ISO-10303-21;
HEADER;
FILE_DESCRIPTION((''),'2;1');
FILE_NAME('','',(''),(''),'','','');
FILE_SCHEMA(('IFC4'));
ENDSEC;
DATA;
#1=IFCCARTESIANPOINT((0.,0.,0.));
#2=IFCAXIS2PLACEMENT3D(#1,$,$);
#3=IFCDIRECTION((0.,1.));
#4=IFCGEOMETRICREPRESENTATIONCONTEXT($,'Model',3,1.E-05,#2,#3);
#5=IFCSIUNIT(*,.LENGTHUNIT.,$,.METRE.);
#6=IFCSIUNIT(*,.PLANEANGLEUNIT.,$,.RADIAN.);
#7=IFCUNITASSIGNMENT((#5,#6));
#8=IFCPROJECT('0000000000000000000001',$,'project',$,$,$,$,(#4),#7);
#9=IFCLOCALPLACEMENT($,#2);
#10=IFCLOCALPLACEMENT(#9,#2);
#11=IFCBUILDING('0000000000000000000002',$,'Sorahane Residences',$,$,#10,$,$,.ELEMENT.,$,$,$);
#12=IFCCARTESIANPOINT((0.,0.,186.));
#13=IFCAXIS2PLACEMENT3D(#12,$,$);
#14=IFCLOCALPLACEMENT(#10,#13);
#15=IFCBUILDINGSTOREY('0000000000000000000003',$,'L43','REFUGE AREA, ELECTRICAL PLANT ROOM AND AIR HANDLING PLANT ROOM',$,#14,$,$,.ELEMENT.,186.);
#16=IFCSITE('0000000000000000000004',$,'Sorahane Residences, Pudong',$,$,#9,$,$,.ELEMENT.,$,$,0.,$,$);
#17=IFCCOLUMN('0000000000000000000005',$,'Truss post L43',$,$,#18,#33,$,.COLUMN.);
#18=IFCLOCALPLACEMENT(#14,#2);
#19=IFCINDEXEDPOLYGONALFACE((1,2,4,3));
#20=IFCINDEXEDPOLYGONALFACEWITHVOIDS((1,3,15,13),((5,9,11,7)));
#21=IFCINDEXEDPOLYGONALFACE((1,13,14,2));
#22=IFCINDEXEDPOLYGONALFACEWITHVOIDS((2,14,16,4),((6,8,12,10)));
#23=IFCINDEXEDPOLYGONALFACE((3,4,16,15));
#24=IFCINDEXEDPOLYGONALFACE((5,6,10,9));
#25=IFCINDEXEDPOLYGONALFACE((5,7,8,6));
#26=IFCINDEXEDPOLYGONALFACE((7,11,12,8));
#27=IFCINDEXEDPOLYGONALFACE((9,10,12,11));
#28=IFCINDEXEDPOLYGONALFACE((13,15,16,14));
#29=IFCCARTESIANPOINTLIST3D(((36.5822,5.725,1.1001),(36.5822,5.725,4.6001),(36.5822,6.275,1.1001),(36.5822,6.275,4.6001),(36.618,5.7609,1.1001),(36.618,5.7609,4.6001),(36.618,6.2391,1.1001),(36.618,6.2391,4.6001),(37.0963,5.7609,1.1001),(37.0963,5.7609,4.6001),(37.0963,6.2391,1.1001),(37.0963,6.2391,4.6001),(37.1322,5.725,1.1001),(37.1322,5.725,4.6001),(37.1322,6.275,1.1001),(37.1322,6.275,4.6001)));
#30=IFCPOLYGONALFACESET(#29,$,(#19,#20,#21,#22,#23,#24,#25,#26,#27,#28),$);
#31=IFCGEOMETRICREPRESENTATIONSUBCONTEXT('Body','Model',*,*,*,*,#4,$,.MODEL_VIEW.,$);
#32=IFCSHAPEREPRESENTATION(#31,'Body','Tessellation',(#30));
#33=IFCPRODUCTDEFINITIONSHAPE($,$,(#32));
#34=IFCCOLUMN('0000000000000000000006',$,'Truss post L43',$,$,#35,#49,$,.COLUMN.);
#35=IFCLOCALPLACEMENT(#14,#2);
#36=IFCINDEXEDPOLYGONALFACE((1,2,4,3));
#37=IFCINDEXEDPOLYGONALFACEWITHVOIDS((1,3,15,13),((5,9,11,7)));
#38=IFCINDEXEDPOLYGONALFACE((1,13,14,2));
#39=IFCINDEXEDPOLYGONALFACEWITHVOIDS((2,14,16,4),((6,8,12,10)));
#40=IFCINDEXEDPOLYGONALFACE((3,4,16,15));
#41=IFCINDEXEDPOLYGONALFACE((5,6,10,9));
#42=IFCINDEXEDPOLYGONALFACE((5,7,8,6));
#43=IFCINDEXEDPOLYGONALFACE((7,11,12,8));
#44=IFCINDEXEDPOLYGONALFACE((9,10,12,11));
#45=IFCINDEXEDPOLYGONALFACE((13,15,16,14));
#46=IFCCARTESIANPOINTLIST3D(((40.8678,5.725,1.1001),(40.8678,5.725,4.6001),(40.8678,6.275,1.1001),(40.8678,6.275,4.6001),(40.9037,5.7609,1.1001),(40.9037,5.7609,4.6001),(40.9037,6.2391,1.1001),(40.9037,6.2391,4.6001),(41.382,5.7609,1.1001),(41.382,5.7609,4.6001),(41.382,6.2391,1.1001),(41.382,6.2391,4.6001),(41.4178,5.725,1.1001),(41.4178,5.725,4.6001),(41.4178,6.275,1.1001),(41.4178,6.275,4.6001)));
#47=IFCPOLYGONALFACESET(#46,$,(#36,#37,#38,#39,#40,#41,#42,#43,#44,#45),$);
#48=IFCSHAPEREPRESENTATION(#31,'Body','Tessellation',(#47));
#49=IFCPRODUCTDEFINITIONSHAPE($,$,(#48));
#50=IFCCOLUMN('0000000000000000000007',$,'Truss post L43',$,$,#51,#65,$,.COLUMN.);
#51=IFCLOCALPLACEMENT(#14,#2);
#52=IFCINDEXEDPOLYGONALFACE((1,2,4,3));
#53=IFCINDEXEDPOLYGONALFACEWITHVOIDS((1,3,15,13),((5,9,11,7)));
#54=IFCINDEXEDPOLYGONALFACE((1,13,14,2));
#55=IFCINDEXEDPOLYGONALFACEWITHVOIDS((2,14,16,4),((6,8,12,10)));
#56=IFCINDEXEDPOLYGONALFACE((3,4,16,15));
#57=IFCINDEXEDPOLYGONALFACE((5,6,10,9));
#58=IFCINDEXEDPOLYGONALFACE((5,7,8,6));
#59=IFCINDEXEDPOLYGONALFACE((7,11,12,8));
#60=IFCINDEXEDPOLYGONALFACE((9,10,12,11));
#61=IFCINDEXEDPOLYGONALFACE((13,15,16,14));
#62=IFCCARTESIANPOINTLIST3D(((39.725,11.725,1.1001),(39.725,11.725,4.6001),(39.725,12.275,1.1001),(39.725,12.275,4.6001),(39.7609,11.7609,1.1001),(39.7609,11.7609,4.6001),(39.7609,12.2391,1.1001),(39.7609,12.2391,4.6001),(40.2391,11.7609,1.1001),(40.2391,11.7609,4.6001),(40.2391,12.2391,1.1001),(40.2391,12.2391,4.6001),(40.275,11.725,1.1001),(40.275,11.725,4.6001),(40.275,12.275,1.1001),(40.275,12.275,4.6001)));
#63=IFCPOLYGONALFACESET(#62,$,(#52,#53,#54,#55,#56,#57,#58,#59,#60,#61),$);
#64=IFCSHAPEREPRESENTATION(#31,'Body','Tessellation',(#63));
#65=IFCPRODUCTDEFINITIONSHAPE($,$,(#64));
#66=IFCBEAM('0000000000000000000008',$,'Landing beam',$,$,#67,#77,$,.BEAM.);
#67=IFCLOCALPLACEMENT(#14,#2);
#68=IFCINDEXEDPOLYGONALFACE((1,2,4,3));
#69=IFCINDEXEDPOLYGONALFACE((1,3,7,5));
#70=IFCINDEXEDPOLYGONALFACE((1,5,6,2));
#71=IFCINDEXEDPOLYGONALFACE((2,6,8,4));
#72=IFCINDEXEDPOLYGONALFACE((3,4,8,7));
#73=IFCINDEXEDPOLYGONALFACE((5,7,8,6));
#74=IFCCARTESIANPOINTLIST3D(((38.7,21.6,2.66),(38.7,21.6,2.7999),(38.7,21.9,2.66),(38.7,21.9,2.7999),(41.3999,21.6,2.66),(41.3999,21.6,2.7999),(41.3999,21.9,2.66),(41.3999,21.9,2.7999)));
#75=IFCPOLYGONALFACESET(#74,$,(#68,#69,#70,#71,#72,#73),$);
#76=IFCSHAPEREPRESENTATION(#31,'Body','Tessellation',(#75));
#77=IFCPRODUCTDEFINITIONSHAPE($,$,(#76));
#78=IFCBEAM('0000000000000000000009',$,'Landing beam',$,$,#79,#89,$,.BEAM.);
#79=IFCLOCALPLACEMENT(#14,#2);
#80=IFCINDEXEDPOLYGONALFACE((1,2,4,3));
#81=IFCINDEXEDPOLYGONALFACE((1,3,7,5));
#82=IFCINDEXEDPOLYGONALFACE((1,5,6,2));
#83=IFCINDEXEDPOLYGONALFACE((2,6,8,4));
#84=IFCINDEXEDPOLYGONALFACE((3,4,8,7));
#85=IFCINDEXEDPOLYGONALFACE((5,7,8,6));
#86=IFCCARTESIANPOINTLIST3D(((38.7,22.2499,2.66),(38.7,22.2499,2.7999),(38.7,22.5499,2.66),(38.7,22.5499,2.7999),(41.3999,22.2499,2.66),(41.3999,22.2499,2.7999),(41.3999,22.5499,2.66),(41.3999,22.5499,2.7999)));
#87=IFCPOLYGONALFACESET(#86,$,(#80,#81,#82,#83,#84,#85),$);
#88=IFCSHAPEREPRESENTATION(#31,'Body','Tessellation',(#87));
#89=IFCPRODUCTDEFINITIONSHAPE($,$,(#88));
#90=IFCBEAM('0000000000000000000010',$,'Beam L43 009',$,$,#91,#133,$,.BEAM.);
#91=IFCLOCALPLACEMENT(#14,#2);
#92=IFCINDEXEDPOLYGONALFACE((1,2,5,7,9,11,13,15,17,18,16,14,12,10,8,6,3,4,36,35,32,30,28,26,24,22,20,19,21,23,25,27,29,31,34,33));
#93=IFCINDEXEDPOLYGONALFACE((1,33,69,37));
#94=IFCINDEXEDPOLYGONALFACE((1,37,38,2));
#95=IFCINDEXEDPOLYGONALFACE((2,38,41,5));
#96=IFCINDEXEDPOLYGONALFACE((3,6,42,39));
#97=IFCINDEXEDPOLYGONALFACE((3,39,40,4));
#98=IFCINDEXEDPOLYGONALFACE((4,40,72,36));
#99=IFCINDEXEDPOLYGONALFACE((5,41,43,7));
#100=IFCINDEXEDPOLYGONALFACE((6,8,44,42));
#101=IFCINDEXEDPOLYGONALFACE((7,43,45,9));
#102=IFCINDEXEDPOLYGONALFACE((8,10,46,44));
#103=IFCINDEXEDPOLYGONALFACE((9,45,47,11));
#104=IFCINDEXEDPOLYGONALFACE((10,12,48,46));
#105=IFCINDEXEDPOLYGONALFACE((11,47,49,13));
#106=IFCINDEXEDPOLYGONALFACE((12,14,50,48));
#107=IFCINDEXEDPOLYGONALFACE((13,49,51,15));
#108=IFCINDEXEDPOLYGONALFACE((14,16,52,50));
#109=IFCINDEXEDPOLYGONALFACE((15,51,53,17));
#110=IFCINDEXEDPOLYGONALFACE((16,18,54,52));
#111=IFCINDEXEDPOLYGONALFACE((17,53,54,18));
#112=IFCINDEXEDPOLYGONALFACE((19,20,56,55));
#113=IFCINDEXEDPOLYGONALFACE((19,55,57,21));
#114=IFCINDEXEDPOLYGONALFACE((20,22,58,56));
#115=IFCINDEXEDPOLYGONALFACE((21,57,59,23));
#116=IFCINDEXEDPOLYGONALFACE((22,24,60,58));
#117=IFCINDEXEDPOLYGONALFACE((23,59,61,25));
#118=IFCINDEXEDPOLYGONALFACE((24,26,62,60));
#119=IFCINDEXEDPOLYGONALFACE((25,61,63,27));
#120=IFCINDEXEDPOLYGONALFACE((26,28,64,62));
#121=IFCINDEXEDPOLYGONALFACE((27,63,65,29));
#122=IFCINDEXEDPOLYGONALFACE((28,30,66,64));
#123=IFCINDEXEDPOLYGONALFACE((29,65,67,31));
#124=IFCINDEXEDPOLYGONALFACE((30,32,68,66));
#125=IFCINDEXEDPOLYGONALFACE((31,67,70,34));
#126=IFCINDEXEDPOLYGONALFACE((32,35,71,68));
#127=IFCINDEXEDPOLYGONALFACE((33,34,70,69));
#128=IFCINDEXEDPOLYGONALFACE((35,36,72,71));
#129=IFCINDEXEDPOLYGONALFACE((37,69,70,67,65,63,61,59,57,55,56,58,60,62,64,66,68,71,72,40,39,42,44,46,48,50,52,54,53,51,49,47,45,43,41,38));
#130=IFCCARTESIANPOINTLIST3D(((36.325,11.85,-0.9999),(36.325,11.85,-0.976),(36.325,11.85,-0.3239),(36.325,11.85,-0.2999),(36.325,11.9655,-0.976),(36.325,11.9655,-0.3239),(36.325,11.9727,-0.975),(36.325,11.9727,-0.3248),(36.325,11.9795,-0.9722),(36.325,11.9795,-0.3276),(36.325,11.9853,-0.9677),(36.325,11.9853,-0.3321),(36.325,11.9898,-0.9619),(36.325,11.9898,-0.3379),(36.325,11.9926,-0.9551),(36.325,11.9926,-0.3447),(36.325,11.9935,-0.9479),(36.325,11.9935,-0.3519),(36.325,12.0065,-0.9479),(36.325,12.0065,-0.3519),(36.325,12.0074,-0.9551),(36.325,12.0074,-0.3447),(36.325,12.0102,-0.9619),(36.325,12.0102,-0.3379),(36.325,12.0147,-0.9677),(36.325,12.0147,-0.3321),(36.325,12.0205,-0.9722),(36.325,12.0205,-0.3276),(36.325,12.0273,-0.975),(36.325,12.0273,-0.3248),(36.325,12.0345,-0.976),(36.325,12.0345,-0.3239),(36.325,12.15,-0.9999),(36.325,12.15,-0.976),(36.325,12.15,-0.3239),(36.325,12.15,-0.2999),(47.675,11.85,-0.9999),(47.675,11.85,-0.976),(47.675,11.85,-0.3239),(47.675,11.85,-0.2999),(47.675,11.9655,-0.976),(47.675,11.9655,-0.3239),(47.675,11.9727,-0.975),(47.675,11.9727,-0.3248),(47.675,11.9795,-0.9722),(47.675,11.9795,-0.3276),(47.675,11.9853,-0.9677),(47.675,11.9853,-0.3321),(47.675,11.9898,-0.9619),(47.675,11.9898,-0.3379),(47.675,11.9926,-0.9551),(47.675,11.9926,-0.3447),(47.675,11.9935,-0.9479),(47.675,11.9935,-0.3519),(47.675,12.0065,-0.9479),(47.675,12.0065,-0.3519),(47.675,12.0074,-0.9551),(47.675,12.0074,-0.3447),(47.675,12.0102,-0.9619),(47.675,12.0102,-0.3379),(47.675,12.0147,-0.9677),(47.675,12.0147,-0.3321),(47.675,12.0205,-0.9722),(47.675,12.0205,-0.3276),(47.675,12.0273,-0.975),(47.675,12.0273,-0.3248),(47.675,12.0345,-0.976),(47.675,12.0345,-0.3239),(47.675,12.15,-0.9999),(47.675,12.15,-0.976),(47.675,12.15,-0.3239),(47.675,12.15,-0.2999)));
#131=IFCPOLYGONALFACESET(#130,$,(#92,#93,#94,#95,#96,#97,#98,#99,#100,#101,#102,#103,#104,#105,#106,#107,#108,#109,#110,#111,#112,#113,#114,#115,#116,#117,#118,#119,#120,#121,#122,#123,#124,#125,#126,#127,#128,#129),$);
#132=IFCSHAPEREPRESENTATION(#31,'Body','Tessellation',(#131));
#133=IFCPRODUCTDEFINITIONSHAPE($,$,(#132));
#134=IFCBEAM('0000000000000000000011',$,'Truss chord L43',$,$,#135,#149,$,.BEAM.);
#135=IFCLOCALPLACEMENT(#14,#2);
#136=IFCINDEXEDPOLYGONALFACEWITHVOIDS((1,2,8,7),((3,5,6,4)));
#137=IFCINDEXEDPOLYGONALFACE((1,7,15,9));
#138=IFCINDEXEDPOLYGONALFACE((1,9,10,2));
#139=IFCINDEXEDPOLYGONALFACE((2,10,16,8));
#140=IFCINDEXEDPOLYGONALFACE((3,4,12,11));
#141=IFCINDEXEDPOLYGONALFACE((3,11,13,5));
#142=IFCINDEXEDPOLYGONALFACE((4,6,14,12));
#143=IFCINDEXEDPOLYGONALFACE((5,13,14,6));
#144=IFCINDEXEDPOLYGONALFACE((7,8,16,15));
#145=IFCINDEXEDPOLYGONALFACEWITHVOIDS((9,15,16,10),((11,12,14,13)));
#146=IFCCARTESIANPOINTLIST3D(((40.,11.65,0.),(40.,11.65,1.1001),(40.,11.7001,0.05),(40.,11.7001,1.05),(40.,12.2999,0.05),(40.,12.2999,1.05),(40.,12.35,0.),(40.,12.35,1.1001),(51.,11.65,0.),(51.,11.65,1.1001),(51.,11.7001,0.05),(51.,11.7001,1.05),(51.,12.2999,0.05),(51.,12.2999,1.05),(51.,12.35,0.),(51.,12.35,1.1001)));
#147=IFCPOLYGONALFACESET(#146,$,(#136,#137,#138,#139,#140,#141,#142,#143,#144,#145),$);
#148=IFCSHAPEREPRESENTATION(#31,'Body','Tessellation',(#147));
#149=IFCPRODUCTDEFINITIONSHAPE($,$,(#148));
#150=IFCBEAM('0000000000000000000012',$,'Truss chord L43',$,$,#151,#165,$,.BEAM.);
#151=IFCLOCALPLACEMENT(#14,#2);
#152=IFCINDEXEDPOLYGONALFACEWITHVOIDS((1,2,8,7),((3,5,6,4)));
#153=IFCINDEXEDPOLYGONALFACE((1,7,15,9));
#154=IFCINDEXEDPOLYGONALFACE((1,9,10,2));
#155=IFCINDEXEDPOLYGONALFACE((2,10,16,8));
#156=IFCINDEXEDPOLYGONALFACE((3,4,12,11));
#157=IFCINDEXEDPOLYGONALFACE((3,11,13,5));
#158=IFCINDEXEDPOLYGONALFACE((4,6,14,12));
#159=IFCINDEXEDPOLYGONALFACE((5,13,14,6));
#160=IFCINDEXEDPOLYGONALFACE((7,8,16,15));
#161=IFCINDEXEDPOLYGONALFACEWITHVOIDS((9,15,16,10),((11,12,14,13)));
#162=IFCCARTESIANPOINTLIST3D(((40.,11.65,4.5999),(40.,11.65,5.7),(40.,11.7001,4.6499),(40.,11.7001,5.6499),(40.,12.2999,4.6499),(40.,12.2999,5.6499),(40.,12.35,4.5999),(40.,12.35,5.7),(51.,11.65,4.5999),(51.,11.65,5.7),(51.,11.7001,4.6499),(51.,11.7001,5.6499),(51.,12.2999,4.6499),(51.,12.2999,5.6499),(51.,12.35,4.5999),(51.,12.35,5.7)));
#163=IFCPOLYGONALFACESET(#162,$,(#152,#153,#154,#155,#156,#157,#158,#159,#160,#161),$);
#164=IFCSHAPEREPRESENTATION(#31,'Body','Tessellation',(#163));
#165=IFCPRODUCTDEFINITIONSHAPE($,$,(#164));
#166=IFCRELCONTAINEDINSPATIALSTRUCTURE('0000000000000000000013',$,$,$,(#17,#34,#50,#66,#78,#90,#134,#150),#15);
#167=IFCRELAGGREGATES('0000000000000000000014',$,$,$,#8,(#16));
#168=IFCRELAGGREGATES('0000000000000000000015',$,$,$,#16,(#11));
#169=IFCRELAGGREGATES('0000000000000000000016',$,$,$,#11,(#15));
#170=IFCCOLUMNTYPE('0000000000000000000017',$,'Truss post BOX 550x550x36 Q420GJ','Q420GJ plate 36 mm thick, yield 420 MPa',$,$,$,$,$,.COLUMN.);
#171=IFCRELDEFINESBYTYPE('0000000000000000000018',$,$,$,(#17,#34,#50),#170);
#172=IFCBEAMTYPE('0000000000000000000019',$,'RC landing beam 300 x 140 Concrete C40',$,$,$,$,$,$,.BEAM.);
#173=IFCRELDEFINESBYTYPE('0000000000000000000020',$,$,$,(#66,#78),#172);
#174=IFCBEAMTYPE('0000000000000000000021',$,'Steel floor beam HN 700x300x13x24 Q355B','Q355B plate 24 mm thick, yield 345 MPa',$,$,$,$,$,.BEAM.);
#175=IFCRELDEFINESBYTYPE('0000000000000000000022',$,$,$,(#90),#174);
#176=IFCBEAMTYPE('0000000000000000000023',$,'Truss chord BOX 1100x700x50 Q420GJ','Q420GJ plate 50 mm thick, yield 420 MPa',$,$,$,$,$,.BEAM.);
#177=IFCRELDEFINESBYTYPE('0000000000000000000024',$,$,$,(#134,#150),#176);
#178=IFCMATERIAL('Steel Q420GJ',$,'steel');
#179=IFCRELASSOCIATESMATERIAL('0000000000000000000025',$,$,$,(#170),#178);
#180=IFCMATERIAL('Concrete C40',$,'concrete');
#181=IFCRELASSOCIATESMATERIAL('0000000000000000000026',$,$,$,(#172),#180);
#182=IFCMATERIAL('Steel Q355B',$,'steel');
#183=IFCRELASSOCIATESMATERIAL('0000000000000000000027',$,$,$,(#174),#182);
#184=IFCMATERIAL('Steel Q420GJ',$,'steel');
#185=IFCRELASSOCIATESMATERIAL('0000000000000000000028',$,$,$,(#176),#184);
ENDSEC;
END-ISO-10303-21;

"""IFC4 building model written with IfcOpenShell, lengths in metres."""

from ifc_helpers import new_model, si_unit, direction, frame, origin, origin_2d, place, context, subcontext, project, spatial, rectangle, hollow_rectangle, i_section, extrude, material, material_profile, profile_set, type_object, element, save


model = new_model("IFC4")

# Units and contexts
model_context = context("Model", 3, precision=1e-05, world=origin(), true_north=direction((0.0, 1.0)))
body_context = subcontext(model_context, "Body", "Model", "MODEL_VIEW")
ifc_project = project(units=[si_unit("LENGTHUNIT", "METRE"), si_unit("PLANEANGLEUNIT", "RADIAN")], contexts=[model_context])

# Site, building, storey
site_placement = place(None, origin())
site = spatial("IfcSite", under=ifc_project, at=site_placement, Name="Sorahane Residences, Pudong", CompositionType="ELEMENT", RefElevation=0.0)
building_placement = place(site_placement, origin())
building = spatial("IfcBuilding", under=site, at=building_placement, Name="Sorahane Residences", CompositionType="ELEMENT")
storey_placement = place(building_placement, frame((0.0, 0.0, 186.0)))
storey = spatial("IfcBuildingStorey", under=building, at=storey_placement, Name="L43", Description="REFUGE AREA, ELECTRICAL PLANT ROOM AND AIR HANDLING PLANT ROOM", CompositionType="ELEMENT", Elevation=186.0)

# Columns
ifc_material_1 = material(Name="Steel Q420GJ", Category="steel")
ifc_material_profile_1 = material_profile(ifc_material_1, hollow_rectangle(XDim=0.55, YDim=0.55, WallThickness=0.0359, at=origin_2d()), Name="BOX 550x550x36")
ifc_profile_set_1 = profile_set([ifc_material_profile_1], Name="Steel Q420GJ")
column_type = type_object("IfcColumnType", Name="Truss post BOX 550x550x36 Q420GJ", Description="Q420GJ plate 36 mm thick, yield 420 MPa", PredefinedType="COLUMN", material=ifc_profile_set_1)
for number, where, z_axis, x_axis, name in (
    (1, (36.8572, 6.0, 1.1001), (0.0, 0.0, 1.0), (1.0, 0.0, 0.0), "Truss post L43"),
    (2, (41.1428, 6.0, 1.1001), (0.0, 0.0, 1.0), (1.0, 0.0, 0.0), "Truss post L43"),
    (3, (40.0, 12.0, 1.1001), (0.0, 0.0, 1.0), (1.0, 0.0, 0.0), "Truss post L43"),
):
    element("IfcColumn", number, at=place(storey_placement, frame(where, z_axis=z_axis, x_axis=x_axis)), inside=storey, type_object=column_type, Name=name, PredefinedType="COLUMN", context=body_context, shape_type="SweptSolid", body=[
        extrude(hollow_rectangle(XDim=0.55, YDim=0.55, WallThickness=0.0359, at=origin_2d()), origin(), (0.0, 0.0, 1.0), 3.5),
    ])

# Beams
ifc_material_2 = material(Name="Concrete C40", Category="concrete")
ifc_material_profile_2 = material_profile(ifc_material_2, rectangle(XDim=0.3, YDim=0.1399, at=origin_2d()), Name="300x140")
ifc_profile_set_2 = profile_set([ifc_material_profile_2], Name="Concrete C40")
beam_type_1 = type_object("IfcBeamType", Name="RC landing beam 300 x 140 Concrete C40", PredefinedType="BEAM", material=ifc_profile_set_2)
for number, where, z_axis, x_axis, name in (
    (4, (38.7, 21.75, 2.73), (1.0, 0.0, 0.0), (0.0, 1.0, 0.0), "Landing beam"),
    (5, (38.7, 22.3999, 2.73), (1.0, 0.0, 0.0), (0.0, 1.0, 0.0), "Landing beam"),
):
    element("IfcBeam", number, at=place(storey_placement, frame(where, z_axis=z_axis, x_axis=x_axis)), inside=storey, type_object=beam_type_1, Name=name, PredefinedType="BEAM", context=body_context, shape_type="SweptSolid", body=[
        extrude(rectangle(XDim=0.3, YDim=0.1399, at=origin_2d()), origin(), (0.0, 0.0, 1.0), 2.7),
    ])
ifc_material_3 = material(Name="Steel Q355B", Category="steel")
ifc_material_profile_3 = material_profile(ifc_material_3, i_section(OverallWidth=0.3, OverallDepth=0.7, WebThickness=0.0129, FlangeThickness=0.0239, FilletRadius=0.0281, at=origin_2d()), Name="HN 700x300x13x24")
ifc_profile_set_3 = profile_set([ifc_material_profile_3], Name="Steel Q355B")
beam_type_2 = type_object("IfcBeamType", Name="Steel floor beam HN 700x300x13x24 Q355B", Description="Q355B plate 24 mm thick, yield 345 MPa", PredefinedType="BEAM", material=ifc_profile_set_3)
beam_placement = place(storey_placement, frame((36.325, 12.0, -0.6499), z_axis=(1.0, 0.0, 0.0), x_axis=(0.0, 1.0, 0.0)))
element("IfcBeam", 6, at=beam_placement, inside=storey, type_object=beam_type_2, Name="Beam L43 009", PredefinedType="BEAM", context=body_context, shape_type="SweptSolid", body=[
    extrude(i_section(OverallWidth=0.3, OverallDepth=0.7, WebThickness=0.0129, FlangeThickness=0.0239, FilletRadius=0.0281, at=origin_2d()), origin(), (0.0, 0.0, 1.0), 11.3501),
])
ifc_material_4 = material(Name="Steel Q420GJ", Category="steel")
ifc_material_profile_4 = material_profile(ifc_material_4, hollow_rectangle(XDim=0.7, YDim=1.1001, WallThickness=0.05, at=origin_2d()), Name="BOX 1100x700x50")
ifc_profile_set_4 = profile_set([ifc_material_profile_4], Name="Steel Q420GJ")
beam_type_3 = type_object("IfcBeamType", Name="Truss chord BOX 1100x700x50 Q420GJ", Description="Q420GJ plate 50 mm thick, yield 420 MPa", PredefinedType="BEAM", material=ifc_profile_set_4)
for number, where, z_axis, x_axis, name in (
    (7, (40.0, 12.0, 0.55), (1.0, 0.0, 0.0), (0.0, 1.0, 0.0), "Truss chord L43"),
    (8, (40.0, 12.0, 5.1499), (1.0, 0.0, 0.0), (0.0, 1.0, 0.0), "Truss chord L43"),
):
    element("IfcBeam", number, at=place(storey_placement, frame(where, z_axis=z_axis, x_axis=x_axis)), inside=storey, type_object=beam_type_3, Name=name, PredefinedType="BEAM", context=body_context, shape_type="SweptSolid", body=[
        extrude(hollow_rectangle(XDim=0.7, YDim=1.1001, WallThickness=0.05, at=origin_2d()), origin(), (0.0, 0.0, 1.0), 11.0),
    ])

save(model, "model.ifc")
